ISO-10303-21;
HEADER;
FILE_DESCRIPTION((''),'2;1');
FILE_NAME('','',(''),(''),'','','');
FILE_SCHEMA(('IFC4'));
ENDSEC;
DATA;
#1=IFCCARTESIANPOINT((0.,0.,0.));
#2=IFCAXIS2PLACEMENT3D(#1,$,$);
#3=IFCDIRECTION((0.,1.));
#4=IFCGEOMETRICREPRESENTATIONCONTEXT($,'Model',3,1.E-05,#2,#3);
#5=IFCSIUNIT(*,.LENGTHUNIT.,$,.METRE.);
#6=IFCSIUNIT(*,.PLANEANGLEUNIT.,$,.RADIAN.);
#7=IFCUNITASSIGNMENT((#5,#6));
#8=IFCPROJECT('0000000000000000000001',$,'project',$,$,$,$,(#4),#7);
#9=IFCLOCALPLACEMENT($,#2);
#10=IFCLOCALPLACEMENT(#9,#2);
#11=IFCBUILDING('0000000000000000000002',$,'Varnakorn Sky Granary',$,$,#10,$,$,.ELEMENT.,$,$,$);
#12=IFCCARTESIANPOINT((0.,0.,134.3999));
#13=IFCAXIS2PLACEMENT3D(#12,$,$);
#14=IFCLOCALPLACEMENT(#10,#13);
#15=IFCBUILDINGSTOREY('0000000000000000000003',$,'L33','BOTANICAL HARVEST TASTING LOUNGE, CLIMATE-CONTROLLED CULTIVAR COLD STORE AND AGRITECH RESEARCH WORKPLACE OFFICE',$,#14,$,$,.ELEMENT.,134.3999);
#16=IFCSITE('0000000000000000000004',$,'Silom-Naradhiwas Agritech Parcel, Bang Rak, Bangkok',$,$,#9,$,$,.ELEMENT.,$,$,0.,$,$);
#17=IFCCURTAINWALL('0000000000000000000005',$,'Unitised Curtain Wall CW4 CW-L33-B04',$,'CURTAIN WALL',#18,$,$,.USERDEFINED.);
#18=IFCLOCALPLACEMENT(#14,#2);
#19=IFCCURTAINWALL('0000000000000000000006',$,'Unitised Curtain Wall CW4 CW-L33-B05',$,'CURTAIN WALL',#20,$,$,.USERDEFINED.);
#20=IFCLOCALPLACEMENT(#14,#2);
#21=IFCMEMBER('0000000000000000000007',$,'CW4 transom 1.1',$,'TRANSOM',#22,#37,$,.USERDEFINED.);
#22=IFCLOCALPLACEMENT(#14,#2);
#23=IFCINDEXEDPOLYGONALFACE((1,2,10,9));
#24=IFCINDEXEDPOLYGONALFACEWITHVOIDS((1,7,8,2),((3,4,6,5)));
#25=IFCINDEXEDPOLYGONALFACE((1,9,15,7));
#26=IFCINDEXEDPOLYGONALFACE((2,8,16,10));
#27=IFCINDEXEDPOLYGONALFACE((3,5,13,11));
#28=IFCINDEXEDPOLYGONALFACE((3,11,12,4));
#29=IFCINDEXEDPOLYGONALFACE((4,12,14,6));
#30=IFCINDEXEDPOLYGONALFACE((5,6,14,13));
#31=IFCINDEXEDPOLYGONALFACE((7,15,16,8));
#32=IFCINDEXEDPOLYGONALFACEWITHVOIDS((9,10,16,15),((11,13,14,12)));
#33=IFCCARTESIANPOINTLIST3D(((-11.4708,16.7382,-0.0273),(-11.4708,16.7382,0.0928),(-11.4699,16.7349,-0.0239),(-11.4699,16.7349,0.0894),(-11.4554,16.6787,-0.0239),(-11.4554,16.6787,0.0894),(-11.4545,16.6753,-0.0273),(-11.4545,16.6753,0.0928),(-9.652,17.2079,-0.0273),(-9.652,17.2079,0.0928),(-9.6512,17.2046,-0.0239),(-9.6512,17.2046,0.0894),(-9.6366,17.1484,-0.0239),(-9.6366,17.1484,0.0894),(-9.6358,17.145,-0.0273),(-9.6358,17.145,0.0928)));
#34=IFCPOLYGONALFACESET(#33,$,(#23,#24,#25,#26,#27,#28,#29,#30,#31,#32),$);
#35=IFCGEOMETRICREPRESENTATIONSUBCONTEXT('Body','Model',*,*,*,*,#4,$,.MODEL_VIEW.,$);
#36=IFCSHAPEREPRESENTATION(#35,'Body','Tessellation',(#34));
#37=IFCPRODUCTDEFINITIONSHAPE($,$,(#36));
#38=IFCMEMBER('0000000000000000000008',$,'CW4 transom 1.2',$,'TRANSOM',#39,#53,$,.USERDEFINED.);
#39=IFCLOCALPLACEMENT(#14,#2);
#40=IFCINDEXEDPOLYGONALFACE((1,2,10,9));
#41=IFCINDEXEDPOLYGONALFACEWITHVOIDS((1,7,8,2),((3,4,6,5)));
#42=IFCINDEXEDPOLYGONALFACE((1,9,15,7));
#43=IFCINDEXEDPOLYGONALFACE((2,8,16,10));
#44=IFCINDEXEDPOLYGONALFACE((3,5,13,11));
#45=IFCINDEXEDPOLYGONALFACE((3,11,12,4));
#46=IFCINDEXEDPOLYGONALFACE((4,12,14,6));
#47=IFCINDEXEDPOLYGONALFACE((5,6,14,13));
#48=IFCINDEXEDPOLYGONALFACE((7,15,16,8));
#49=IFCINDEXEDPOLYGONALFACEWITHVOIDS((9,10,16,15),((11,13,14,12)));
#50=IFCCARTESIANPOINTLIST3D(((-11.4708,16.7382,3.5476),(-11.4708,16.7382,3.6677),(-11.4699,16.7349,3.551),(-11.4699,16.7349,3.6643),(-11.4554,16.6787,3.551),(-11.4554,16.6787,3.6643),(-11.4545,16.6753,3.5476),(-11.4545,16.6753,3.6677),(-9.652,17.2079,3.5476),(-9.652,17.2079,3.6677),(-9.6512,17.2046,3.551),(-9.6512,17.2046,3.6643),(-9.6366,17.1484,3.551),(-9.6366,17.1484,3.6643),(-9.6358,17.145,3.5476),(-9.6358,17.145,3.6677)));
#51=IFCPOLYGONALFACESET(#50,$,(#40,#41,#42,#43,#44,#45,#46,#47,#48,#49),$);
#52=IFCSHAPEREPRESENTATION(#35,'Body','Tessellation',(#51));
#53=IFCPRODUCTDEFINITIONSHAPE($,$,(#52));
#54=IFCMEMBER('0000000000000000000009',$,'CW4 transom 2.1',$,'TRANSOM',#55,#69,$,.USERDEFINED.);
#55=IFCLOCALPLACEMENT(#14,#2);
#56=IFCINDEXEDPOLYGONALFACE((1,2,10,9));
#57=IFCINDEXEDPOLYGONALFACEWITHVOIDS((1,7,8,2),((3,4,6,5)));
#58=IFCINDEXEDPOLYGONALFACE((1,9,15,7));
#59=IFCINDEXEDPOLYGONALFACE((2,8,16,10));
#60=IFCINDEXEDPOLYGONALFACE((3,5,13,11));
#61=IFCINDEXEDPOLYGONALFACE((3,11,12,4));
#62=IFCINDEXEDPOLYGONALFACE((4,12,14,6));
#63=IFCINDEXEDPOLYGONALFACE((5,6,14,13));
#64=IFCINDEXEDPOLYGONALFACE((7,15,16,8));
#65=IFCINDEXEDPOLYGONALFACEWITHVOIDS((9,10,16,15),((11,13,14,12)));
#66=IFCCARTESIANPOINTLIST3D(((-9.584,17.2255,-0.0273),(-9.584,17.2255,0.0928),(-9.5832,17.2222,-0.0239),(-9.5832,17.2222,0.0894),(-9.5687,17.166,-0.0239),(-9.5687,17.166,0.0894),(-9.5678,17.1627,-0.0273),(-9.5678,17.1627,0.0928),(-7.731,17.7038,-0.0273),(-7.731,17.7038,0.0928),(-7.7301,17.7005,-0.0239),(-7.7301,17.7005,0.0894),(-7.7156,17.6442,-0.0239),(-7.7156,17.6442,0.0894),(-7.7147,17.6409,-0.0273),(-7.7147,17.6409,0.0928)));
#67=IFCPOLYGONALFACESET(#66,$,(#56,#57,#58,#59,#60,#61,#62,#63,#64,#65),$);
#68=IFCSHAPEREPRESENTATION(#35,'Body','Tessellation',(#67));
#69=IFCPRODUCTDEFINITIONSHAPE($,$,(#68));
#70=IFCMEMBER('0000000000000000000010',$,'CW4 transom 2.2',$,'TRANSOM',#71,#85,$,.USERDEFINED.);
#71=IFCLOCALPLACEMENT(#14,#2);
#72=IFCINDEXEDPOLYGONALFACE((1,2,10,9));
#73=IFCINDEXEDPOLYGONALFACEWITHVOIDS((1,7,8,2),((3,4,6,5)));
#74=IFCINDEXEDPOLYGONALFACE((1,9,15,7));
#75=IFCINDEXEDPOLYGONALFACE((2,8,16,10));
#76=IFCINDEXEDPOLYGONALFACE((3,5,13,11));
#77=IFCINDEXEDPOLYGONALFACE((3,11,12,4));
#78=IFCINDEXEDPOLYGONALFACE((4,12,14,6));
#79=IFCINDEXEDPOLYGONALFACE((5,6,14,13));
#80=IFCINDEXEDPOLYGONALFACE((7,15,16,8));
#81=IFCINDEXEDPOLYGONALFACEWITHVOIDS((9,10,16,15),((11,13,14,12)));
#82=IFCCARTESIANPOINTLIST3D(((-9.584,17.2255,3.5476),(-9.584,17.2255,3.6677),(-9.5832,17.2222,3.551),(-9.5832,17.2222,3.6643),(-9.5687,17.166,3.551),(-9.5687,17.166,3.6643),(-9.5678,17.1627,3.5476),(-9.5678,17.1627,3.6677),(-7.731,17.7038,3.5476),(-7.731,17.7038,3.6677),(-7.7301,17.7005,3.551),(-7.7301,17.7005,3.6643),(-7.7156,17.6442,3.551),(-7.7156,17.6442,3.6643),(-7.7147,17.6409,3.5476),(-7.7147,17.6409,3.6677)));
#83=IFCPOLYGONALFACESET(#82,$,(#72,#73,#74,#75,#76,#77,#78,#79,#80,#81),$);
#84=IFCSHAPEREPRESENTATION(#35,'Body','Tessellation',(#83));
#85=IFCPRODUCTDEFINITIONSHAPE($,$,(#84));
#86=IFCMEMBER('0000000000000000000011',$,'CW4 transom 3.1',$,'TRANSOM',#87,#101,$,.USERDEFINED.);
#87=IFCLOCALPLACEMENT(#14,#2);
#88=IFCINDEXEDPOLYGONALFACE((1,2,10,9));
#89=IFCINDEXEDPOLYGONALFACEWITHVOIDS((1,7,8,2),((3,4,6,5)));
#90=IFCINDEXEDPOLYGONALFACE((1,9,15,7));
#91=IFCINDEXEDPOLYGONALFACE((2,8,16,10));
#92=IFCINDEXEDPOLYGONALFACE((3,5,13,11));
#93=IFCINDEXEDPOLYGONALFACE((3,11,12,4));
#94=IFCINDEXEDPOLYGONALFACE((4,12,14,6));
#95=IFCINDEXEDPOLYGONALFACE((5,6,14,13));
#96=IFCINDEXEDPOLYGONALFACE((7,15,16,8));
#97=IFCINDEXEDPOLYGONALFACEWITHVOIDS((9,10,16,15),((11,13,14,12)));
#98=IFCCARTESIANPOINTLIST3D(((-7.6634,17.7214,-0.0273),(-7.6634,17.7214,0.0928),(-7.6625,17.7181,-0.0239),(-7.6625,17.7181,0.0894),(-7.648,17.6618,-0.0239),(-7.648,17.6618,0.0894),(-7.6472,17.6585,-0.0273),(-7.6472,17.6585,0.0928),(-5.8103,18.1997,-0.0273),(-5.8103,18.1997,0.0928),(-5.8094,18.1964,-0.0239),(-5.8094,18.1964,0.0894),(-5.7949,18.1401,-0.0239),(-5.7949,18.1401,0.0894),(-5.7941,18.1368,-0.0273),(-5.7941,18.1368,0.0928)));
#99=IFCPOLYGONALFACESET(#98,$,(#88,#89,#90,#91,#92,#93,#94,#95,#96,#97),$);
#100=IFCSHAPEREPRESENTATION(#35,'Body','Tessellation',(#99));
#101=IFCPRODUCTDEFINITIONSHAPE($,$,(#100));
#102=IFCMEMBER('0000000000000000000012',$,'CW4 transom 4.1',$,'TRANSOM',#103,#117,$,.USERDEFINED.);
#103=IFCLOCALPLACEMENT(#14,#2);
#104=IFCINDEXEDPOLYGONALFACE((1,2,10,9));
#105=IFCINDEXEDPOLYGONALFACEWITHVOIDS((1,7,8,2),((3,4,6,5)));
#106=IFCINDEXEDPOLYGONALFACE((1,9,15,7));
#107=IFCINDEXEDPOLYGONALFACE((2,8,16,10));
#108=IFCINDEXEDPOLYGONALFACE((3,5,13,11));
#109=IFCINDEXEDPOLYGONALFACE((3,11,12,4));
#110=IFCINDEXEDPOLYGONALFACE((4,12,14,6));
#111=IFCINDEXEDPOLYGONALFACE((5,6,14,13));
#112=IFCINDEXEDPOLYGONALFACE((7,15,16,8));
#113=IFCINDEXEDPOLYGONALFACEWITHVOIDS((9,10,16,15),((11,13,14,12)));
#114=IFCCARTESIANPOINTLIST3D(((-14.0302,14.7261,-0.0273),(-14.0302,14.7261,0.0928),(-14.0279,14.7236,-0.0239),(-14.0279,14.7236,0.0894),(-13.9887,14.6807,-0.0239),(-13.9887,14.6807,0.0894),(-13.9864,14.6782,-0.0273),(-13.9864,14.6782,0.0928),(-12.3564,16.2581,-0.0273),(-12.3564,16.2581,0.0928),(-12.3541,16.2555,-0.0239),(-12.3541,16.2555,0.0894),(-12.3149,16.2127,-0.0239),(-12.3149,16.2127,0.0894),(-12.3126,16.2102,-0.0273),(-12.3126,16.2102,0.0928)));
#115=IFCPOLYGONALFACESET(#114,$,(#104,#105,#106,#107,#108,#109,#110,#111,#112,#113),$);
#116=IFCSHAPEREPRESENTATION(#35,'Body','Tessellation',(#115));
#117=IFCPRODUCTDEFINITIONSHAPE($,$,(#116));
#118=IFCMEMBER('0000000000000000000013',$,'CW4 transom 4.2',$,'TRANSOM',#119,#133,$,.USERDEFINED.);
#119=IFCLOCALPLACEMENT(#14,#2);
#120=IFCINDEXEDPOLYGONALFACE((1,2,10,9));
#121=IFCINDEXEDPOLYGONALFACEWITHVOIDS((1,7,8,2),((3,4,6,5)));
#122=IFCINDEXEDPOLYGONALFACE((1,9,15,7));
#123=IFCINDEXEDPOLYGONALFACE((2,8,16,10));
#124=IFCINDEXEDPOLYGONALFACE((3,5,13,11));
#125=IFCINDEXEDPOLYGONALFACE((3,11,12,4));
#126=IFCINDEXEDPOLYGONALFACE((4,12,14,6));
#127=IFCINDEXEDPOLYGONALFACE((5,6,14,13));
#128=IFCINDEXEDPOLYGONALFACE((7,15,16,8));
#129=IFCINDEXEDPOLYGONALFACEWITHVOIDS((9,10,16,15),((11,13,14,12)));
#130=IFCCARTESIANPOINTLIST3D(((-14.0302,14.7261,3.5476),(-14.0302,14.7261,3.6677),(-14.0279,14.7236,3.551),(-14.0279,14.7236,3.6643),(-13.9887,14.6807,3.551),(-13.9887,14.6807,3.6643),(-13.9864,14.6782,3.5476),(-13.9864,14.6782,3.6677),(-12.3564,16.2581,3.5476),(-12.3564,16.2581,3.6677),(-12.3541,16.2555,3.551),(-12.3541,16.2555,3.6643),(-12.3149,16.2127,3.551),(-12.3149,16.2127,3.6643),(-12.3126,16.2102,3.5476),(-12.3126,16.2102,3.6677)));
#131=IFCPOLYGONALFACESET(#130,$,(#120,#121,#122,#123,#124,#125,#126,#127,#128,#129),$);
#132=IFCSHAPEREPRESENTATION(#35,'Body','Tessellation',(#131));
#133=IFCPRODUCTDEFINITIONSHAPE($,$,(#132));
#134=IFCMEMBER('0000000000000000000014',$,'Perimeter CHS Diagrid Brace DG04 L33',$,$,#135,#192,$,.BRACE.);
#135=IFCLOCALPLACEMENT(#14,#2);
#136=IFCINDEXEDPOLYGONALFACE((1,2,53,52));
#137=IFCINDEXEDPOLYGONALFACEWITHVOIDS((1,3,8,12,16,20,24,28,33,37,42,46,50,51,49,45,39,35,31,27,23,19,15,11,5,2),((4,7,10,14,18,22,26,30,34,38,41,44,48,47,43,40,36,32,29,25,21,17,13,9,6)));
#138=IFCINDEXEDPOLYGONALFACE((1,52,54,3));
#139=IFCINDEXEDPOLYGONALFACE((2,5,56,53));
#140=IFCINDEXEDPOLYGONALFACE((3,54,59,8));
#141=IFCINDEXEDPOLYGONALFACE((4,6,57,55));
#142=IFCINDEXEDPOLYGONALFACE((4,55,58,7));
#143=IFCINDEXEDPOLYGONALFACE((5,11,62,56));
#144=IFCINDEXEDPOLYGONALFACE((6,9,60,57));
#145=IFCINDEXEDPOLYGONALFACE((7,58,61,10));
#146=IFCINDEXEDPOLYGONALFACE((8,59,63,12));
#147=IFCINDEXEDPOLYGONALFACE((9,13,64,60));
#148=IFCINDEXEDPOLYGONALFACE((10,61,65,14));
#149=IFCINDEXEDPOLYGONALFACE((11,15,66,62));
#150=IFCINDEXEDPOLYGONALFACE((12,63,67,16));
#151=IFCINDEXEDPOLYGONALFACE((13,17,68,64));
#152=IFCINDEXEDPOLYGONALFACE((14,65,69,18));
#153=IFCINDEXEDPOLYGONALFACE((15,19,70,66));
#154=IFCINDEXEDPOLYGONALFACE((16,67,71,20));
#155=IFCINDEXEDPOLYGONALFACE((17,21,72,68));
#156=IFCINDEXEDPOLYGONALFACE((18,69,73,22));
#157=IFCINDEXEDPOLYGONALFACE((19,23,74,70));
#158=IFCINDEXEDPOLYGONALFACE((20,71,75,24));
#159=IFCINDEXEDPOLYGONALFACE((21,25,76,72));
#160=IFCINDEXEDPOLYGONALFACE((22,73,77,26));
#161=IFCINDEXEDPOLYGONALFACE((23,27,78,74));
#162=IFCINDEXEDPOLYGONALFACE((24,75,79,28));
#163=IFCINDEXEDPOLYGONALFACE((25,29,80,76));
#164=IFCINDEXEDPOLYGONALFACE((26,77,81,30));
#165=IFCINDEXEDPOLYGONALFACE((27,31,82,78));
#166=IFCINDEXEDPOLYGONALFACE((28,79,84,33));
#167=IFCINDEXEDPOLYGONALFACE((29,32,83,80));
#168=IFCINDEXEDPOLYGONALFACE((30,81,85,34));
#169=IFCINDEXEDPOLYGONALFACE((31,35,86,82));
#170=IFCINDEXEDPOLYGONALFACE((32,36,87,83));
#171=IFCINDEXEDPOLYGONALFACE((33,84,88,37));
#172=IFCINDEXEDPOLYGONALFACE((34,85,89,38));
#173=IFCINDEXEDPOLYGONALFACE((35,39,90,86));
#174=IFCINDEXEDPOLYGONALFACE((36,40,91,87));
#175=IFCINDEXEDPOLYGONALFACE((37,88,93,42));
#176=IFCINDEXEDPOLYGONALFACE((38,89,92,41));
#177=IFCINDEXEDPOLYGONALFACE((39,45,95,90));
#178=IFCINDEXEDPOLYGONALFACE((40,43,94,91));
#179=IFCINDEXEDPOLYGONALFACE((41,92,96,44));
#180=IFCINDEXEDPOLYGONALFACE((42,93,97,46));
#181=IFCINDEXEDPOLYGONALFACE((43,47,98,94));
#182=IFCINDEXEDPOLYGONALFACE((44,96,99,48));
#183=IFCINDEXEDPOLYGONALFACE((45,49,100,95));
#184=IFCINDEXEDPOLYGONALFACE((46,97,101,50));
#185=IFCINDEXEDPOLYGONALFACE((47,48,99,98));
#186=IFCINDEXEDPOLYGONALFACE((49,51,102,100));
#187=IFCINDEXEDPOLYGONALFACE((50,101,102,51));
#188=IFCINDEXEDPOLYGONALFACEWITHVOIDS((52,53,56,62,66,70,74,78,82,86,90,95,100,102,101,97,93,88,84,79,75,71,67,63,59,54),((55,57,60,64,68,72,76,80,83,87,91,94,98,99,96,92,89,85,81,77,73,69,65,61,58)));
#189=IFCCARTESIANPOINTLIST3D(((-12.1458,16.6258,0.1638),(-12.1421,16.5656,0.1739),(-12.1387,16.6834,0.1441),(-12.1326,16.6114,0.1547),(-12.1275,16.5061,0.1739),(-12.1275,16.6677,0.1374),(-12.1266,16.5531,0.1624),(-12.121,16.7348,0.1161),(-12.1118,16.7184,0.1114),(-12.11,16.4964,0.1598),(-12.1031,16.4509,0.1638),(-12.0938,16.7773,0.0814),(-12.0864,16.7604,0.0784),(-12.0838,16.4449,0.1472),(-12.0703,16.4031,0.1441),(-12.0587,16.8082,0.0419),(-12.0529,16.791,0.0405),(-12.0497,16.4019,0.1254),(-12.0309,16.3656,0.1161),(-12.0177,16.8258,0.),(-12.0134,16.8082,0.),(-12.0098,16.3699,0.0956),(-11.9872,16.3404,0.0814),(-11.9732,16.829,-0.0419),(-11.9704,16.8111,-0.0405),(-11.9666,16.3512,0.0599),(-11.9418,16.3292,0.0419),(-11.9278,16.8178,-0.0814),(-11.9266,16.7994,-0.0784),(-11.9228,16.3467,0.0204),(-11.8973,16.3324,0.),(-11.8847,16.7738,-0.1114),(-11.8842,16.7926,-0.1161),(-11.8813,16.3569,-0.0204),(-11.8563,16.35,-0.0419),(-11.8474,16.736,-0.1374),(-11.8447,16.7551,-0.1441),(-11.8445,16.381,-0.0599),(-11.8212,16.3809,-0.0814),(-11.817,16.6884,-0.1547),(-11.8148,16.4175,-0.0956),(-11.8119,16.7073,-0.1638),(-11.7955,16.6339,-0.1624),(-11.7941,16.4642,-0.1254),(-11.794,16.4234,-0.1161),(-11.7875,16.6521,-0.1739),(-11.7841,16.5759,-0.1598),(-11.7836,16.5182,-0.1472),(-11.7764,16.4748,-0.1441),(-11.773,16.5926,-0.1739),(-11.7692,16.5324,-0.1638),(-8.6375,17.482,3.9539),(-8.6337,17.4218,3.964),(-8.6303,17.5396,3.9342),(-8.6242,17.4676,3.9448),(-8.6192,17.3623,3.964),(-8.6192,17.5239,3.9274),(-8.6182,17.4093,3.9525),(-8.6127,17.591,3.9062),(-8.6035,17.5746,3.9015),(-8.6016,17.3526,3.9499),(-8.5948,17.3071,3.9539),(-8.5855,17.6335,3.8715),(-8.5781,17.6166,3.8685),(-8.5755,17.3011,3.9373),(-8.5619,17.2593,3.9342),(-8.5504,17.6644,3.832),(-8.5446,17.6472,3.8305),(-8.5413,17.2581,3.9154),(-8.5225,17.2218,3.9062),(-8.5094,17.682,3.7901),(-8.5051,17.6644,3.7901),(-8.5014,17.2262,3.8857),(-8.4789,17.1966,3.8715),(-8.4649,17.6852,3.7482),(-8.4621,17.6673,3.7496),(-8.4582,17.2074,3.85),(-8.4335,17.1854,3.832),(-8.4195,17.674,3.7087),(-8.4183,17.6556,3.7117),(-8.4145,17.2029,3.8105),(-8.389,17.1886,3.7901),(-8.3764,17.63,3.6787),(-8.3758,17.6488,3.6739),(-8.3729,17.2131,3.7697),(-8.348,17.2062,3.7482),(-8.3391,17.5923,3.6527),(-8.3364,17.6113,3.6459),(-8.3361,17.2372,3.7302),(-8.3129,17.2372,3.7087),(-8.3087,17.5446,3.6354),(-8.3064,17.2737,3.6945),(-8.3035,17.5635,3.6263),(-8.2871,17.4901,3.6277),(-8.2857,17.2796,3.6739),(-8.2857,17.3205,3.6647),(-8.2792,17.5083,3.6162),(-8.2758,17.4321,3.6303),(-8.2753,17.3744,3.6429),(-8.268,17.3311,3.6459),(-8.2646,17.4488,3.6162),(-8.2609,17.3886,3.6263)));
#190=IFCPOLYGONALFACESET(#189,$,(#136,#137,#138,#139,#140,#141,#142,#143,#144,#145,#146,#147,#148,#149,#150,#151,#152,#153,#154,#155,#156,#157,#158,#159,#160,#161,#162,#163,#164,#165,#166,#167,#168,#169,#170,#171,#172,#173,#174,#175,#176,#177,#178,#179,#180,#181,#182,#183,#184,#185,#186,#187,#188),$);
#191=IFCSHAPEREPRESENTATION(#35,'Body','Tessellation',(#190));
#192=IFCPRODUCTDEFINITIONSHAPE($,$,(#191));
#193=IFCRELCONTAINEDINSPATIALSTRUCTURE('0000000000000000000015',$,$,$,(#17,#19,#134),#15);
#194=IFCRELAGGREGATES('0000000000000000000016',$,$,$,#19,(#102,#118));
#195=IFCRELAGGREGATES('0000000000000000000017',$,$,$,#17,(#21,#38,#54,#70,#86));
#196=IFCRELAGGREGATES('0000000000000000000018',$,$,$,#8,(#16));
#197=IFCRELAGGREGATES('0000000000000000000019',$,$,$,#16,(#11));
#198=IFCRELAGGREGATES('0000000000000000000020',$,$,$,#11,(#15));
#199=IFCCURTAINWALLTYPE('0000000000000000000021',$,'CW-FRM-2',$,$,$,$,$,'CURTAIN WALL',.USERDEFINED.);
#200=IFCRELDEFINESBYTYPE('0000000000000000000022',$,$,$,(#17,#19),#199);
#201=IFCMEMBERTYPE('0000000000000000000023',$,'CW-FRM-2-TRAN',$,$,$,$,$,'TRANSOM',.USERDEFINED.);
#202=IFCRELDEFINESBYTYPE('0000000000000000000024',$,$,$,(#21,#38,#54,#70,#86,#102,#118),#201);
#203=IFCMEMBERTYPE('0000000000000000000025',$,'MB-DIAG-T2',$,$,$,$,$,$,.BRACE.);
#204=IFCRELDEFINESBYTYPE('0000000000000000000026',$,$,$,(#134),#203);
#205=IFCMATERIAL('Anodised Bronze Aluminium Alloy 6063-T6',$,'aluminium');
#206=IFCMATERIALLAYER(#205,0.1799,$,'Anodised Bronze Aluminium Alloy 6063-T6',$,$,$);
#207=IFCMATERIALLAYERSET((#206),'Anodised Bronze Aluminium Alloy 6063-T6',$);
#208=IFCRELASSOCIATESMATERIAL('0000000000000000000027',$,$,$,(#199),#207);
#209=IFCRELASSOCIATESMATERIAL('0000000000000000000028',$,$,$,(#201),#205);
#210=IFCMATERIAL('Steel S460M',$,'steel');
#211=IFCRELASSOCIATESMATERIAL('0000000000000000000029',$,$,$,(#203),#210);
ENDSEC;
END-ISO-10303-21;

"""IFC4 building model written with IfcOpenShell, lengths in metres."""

from ifc_helpers import new_model, si_unit, direction, frame, origin, origin_2d, place, context, subcontext, project, spatial, hollow_rectangle, hollow_circle, extrude, material, layer, layer_set, material_profile, profile_set, type_object, element, aggregate, save


model = new_model("IFC4")

# Units and contexts
model_context = context("Model", 3, precision=1e-05, world=origin(), true_north=direction((0.0, 1.0)))
body_context = subcontext(model_context, "Body", "Model", "MODEL_VIEW")
ifc_project = project(units=[si_unit("LENGTHUNIT", "METRE"), si_unit("PLANEANGLEUNIT", "RADIAN")], contexts=[model_context])

# Site, building, storey
site_placement = place(None, origin())
site = spatial("IfcSite", under=ifc_project, at=site_placement, Name="Silom-Naradhiwas Agritech Parcel, Bang Rak, Bangkok", CompositionType="ELEMENT", RefElevation=0.0)
building_placement = place(site_placement, origin())
building = spatial("IfcBuilding", under=site, at=building_placement, Name="Varnakorn Sky Granary", CompositionType="ELEMENT")
storey_placement = place(building_placement, frame((0.0, 0.0, 134.3999)))
storey = spatial("IfcBuildingStorey", under=building, at=storey_placement, Name="L33", Description="BOTANICAL HARVEST TASTING LOUNGE, CLIMATE-CONTROLLED CULTIVAR COLD STORE AND AGRITECH RESEARCH WORKPLACE OFFICE", CompositionType="ELEMENT", Elevation=134.3999)

# Shared definitions
ifc_material_1 = material(Name="Steel S460M", Category="steel")

# Curtain walls
ifc_material_2 = material(Name="Anodised Bronze Aluminium Alloy 6063-T6", Category="aluminium")
ifc_layer_1 = layer(ifc_material_2, 0.1799, Name="Anodised Bronze Aluminium Alloy 6063-T6")
ifc_layer_set_1 = layer_set([ifc_layer_1], Name="Anodised Bronze Aluminium Alloy 6063-T6")
curtain_wall_type = type_object("IfcCurtainWallType", Name="CW-FRM-2", ElementType="CURTAIN WALL", PredefinedType="USERDEFINED", material=ifc_layer_set_1)
curtain_wall_1_placement = place(storey_placement, origin())
curtain_wall_1 = element("IfcCurtainWall", 1, at=curtain_wall_1_placement, inside=storey, type_object=curtain_wall_type, Name="Unitised Curtain Wall CW4 CW-L33-B04", ObjectType="CURTAIN WALL", PredefinedType="USERDEFINED")
curtain_wall_2_placement = place(storey_placement, origin())
curtain_wall_2 = element("IfcCurtainWall", 2, at=curtain_wall_2_placement, inside=storey, type_object=curtain_wall_type, Name="Unitised Curtain Wall CW4 CW-L33-B05", ObjectType="CURTAIN WALL", PredefinedType="USERDEFINED")

# Members
ifc_material_profile_1 = material_profile(ifc_material_2, hollow_rectangle(XDim=0.0649, YDim=0.1201, WallThickness=0.0034, at=origin_2d()), Name="ALU TRAN 65x120")
ifc_profile_set_1 = profile_set([ifc_material_profile_1], Name="Anodised Bronze Aluminium Alloy 6063-T6")
member_type_1 = type_object("IfcMemberType", Name="CW-FRM-2-TRAN", ElementType="TRANSOM", PredefinedType="USERDEFINED", material=ifc_profile_set_1)
member_1_placement = place(storey_placement, frame((-11.4626, 16.7068, 0.0327), z_axis=(0.968233, 0.250051, 0.0), x_axis=(-0.250051, 0.968233, 0.0)))
member_1 = element("IfcMember", 3, at=member_1_placement, type_object=member_type_1, Name="CW4 transom 1.1", ObjectType="TRANSOM", PredefinedType="USERDEFINED", context=body_context, shape_type="SweptSolid", body=[
    extrude(hollow_rectangle(XDim=0.0649, YDim=0.1201, WallThickness=0.0034, at=origin_2d()), origin(), (0.0, 0.0, 1.0), 1.8784),
])
member_2_placement = place(storey_placement, frame((-11.4626, 16.7068, 3.6077), z_axis=(0.968233, 0.250051, 0.0), x_axis=(-0.250051, 0.968233, 0.0)))
member_2 = element("IfcMember", 4, at=member_2_placement, type_object=member_type_1, Name="CW4 transom 1.2", ObjectType="TRANSOM", PredefinedType="USERDEFINED", context=body_context, shape_type="SweptSolid", body=[
    extrude(hollow_rectangle(XDim=0.0649, YDim=0.1201, WallThickness=0.0034, at=origin_2d()), origin(), (0.0, 0.0, 1.0), 1.8784),
])
member_3_placement = place(storey_placement, frame((-9.5759, 17.1941, 0.0327), z_axis=(0.968268, 0.249913, 0.0), x_axis=(-0.249913, 0.968268, 0.0)))
member_3 = element("IfcMember", 5, at=member_3_placement, type_object=member_type_1, Name="CW4 transom 2.1", ObjectType="TRANSOM", PredefinedType="USERDEFINED", context=body_context, shape_type="SweptSolid", body=[
    extrude(hollow_rectangle(XDim=0.0649, YDim=0.1201, WallThickness=0.0034, at=origin_2d()), origin(), (0.0, 0.0, 1.0), 1.9138),
])
member_4_placement = place(storey_placement, frame((-9.5759, 17.1941, 3.6077), z_axis=(0.968268, 0.249913, 0.0), x_axis=(-0.249913, 0.968268, 0.0)))
member_4 = element("IfcMember", 6, at=member_4_placement, type_object=member_type_1, Name="CW4 transom 2.2", ObjectType="TRANSOM", PredefinedType="USERDEFINED", context=body_context, shape_type="SweptSolid", body=[
    extrude(hollow_rectangle(XDim=0.0649, YDim=0.1201, WallThickness=0.0034, at=origin_2d()), origin(), (0.0, 0.0, 1.0), 1.9138),
])
member_5_placement = place(storey_placement, frame((-7.6553, 17.6899, 0.0327), z_axis=(0.968268, 0.249913, 0.0), x_axis=(-0.249913, 0.968268, 0.0)))
member_5 = element("IfcMember", 7, at=member_5_placement, type_object=member_type_1, Name="CW4 transom 3.1", ObjectType="TRANSOM", PredefinedType="USERDEFINED", context=body_context, shape_type="SweptSolid", body=[
    extrude(hollow_rectangle(XDim=0.0649, YDim=0.1201, WallThickness=0.0034, at=origin_2d()), origin(), (0.0, 0.0, 1.0), 1.9138),
])
member_6_placement = place(storey_placement, frame((-14.0083, 14.7021, 0.0327), z_axis=(0.737672, 0.675159, 0.0), x_axis=(-0.675159, 0.737672, 0.0)))
member_6 = element("IfcMember", 8, at=member_6_placement, type_object=member_type_1, Name="CW4 transom 4.1", ObjectType="TRANSOM", PredefinedType="USERDEFINED", context=body_context, shape_type="SweptSolid", body=[
    extrude(hollow_rectangle(XDim=0.0649, YDim=0.1201, WallThickness=0.0034, at=origin_2d()), origin(), (0.0, 0.0, 1.0), 2.269),
])
member_7_placement = place(storey_placement, frame((-14.0083, 14.7021, 3.6077), z_axis=(0.737672, 0.675159, 0.0), x_axis=(-0.675159, 0.737672, 0.0)))
member_7 = element("IfcMember", 9, at=member_7_placement, type_object=member_type_1, Name="CW4 transom 4.2", ObjectType="TRANSOM", PredefinedType="USERDEFINED", context=body_context, shape_type="SweptSolid", body=[
    extrude(hollow_rectangle(XDim=0.0649, YDim=0.1201, WallThickness=0.0034, at=origin_2d()), origin(), (0.0, 0.0, 1.0), 2.269),
])

# Member
ifc_material_profile_2 = material_profile(ifc_material_1, hollow_circle(Radius=0.2539, WallThickness=0.0181, at=origin_2d()), Name="CHS 508x18")
ifc_profile_set_2 = profile_set([ifc_material_profile_2], Name="Steel S460M")
member_type_2 = type_object("IfcMemberType", Name="MB-DIAG-T2", PredefinedType="BRACE", material=ifc_profile_set_2)
member_8_placement = place(storey_placement, frame((-11.9575, 16.5791, 0.0), z_axis=(0.670157, 0.163552, 0.723975), x_axis=(-0.237092, 0.971487, 0.0)))
element("IfcMember", 10, at=member_8_placement, inside=storey, type_object=member_type_2, Name="Perimeter CHS Diagrid Brace DG04 L33", PredefinedType="BRACE", context=body_context, shape_type="SweptSolid", body=[
    extrude(hollow_circle(Radius=0.2539, WallThickness=0.0181, at=origin_2d()), origin(), (0.0, 0.0, 1.0), 5.2351),
])

aggregate(curtain_wall_2, [member_6, member_7])
aggregate(curtain_wall_1, [member_1, member_2, member_3, member_4, member_5])

save(model, "model.ifc")
